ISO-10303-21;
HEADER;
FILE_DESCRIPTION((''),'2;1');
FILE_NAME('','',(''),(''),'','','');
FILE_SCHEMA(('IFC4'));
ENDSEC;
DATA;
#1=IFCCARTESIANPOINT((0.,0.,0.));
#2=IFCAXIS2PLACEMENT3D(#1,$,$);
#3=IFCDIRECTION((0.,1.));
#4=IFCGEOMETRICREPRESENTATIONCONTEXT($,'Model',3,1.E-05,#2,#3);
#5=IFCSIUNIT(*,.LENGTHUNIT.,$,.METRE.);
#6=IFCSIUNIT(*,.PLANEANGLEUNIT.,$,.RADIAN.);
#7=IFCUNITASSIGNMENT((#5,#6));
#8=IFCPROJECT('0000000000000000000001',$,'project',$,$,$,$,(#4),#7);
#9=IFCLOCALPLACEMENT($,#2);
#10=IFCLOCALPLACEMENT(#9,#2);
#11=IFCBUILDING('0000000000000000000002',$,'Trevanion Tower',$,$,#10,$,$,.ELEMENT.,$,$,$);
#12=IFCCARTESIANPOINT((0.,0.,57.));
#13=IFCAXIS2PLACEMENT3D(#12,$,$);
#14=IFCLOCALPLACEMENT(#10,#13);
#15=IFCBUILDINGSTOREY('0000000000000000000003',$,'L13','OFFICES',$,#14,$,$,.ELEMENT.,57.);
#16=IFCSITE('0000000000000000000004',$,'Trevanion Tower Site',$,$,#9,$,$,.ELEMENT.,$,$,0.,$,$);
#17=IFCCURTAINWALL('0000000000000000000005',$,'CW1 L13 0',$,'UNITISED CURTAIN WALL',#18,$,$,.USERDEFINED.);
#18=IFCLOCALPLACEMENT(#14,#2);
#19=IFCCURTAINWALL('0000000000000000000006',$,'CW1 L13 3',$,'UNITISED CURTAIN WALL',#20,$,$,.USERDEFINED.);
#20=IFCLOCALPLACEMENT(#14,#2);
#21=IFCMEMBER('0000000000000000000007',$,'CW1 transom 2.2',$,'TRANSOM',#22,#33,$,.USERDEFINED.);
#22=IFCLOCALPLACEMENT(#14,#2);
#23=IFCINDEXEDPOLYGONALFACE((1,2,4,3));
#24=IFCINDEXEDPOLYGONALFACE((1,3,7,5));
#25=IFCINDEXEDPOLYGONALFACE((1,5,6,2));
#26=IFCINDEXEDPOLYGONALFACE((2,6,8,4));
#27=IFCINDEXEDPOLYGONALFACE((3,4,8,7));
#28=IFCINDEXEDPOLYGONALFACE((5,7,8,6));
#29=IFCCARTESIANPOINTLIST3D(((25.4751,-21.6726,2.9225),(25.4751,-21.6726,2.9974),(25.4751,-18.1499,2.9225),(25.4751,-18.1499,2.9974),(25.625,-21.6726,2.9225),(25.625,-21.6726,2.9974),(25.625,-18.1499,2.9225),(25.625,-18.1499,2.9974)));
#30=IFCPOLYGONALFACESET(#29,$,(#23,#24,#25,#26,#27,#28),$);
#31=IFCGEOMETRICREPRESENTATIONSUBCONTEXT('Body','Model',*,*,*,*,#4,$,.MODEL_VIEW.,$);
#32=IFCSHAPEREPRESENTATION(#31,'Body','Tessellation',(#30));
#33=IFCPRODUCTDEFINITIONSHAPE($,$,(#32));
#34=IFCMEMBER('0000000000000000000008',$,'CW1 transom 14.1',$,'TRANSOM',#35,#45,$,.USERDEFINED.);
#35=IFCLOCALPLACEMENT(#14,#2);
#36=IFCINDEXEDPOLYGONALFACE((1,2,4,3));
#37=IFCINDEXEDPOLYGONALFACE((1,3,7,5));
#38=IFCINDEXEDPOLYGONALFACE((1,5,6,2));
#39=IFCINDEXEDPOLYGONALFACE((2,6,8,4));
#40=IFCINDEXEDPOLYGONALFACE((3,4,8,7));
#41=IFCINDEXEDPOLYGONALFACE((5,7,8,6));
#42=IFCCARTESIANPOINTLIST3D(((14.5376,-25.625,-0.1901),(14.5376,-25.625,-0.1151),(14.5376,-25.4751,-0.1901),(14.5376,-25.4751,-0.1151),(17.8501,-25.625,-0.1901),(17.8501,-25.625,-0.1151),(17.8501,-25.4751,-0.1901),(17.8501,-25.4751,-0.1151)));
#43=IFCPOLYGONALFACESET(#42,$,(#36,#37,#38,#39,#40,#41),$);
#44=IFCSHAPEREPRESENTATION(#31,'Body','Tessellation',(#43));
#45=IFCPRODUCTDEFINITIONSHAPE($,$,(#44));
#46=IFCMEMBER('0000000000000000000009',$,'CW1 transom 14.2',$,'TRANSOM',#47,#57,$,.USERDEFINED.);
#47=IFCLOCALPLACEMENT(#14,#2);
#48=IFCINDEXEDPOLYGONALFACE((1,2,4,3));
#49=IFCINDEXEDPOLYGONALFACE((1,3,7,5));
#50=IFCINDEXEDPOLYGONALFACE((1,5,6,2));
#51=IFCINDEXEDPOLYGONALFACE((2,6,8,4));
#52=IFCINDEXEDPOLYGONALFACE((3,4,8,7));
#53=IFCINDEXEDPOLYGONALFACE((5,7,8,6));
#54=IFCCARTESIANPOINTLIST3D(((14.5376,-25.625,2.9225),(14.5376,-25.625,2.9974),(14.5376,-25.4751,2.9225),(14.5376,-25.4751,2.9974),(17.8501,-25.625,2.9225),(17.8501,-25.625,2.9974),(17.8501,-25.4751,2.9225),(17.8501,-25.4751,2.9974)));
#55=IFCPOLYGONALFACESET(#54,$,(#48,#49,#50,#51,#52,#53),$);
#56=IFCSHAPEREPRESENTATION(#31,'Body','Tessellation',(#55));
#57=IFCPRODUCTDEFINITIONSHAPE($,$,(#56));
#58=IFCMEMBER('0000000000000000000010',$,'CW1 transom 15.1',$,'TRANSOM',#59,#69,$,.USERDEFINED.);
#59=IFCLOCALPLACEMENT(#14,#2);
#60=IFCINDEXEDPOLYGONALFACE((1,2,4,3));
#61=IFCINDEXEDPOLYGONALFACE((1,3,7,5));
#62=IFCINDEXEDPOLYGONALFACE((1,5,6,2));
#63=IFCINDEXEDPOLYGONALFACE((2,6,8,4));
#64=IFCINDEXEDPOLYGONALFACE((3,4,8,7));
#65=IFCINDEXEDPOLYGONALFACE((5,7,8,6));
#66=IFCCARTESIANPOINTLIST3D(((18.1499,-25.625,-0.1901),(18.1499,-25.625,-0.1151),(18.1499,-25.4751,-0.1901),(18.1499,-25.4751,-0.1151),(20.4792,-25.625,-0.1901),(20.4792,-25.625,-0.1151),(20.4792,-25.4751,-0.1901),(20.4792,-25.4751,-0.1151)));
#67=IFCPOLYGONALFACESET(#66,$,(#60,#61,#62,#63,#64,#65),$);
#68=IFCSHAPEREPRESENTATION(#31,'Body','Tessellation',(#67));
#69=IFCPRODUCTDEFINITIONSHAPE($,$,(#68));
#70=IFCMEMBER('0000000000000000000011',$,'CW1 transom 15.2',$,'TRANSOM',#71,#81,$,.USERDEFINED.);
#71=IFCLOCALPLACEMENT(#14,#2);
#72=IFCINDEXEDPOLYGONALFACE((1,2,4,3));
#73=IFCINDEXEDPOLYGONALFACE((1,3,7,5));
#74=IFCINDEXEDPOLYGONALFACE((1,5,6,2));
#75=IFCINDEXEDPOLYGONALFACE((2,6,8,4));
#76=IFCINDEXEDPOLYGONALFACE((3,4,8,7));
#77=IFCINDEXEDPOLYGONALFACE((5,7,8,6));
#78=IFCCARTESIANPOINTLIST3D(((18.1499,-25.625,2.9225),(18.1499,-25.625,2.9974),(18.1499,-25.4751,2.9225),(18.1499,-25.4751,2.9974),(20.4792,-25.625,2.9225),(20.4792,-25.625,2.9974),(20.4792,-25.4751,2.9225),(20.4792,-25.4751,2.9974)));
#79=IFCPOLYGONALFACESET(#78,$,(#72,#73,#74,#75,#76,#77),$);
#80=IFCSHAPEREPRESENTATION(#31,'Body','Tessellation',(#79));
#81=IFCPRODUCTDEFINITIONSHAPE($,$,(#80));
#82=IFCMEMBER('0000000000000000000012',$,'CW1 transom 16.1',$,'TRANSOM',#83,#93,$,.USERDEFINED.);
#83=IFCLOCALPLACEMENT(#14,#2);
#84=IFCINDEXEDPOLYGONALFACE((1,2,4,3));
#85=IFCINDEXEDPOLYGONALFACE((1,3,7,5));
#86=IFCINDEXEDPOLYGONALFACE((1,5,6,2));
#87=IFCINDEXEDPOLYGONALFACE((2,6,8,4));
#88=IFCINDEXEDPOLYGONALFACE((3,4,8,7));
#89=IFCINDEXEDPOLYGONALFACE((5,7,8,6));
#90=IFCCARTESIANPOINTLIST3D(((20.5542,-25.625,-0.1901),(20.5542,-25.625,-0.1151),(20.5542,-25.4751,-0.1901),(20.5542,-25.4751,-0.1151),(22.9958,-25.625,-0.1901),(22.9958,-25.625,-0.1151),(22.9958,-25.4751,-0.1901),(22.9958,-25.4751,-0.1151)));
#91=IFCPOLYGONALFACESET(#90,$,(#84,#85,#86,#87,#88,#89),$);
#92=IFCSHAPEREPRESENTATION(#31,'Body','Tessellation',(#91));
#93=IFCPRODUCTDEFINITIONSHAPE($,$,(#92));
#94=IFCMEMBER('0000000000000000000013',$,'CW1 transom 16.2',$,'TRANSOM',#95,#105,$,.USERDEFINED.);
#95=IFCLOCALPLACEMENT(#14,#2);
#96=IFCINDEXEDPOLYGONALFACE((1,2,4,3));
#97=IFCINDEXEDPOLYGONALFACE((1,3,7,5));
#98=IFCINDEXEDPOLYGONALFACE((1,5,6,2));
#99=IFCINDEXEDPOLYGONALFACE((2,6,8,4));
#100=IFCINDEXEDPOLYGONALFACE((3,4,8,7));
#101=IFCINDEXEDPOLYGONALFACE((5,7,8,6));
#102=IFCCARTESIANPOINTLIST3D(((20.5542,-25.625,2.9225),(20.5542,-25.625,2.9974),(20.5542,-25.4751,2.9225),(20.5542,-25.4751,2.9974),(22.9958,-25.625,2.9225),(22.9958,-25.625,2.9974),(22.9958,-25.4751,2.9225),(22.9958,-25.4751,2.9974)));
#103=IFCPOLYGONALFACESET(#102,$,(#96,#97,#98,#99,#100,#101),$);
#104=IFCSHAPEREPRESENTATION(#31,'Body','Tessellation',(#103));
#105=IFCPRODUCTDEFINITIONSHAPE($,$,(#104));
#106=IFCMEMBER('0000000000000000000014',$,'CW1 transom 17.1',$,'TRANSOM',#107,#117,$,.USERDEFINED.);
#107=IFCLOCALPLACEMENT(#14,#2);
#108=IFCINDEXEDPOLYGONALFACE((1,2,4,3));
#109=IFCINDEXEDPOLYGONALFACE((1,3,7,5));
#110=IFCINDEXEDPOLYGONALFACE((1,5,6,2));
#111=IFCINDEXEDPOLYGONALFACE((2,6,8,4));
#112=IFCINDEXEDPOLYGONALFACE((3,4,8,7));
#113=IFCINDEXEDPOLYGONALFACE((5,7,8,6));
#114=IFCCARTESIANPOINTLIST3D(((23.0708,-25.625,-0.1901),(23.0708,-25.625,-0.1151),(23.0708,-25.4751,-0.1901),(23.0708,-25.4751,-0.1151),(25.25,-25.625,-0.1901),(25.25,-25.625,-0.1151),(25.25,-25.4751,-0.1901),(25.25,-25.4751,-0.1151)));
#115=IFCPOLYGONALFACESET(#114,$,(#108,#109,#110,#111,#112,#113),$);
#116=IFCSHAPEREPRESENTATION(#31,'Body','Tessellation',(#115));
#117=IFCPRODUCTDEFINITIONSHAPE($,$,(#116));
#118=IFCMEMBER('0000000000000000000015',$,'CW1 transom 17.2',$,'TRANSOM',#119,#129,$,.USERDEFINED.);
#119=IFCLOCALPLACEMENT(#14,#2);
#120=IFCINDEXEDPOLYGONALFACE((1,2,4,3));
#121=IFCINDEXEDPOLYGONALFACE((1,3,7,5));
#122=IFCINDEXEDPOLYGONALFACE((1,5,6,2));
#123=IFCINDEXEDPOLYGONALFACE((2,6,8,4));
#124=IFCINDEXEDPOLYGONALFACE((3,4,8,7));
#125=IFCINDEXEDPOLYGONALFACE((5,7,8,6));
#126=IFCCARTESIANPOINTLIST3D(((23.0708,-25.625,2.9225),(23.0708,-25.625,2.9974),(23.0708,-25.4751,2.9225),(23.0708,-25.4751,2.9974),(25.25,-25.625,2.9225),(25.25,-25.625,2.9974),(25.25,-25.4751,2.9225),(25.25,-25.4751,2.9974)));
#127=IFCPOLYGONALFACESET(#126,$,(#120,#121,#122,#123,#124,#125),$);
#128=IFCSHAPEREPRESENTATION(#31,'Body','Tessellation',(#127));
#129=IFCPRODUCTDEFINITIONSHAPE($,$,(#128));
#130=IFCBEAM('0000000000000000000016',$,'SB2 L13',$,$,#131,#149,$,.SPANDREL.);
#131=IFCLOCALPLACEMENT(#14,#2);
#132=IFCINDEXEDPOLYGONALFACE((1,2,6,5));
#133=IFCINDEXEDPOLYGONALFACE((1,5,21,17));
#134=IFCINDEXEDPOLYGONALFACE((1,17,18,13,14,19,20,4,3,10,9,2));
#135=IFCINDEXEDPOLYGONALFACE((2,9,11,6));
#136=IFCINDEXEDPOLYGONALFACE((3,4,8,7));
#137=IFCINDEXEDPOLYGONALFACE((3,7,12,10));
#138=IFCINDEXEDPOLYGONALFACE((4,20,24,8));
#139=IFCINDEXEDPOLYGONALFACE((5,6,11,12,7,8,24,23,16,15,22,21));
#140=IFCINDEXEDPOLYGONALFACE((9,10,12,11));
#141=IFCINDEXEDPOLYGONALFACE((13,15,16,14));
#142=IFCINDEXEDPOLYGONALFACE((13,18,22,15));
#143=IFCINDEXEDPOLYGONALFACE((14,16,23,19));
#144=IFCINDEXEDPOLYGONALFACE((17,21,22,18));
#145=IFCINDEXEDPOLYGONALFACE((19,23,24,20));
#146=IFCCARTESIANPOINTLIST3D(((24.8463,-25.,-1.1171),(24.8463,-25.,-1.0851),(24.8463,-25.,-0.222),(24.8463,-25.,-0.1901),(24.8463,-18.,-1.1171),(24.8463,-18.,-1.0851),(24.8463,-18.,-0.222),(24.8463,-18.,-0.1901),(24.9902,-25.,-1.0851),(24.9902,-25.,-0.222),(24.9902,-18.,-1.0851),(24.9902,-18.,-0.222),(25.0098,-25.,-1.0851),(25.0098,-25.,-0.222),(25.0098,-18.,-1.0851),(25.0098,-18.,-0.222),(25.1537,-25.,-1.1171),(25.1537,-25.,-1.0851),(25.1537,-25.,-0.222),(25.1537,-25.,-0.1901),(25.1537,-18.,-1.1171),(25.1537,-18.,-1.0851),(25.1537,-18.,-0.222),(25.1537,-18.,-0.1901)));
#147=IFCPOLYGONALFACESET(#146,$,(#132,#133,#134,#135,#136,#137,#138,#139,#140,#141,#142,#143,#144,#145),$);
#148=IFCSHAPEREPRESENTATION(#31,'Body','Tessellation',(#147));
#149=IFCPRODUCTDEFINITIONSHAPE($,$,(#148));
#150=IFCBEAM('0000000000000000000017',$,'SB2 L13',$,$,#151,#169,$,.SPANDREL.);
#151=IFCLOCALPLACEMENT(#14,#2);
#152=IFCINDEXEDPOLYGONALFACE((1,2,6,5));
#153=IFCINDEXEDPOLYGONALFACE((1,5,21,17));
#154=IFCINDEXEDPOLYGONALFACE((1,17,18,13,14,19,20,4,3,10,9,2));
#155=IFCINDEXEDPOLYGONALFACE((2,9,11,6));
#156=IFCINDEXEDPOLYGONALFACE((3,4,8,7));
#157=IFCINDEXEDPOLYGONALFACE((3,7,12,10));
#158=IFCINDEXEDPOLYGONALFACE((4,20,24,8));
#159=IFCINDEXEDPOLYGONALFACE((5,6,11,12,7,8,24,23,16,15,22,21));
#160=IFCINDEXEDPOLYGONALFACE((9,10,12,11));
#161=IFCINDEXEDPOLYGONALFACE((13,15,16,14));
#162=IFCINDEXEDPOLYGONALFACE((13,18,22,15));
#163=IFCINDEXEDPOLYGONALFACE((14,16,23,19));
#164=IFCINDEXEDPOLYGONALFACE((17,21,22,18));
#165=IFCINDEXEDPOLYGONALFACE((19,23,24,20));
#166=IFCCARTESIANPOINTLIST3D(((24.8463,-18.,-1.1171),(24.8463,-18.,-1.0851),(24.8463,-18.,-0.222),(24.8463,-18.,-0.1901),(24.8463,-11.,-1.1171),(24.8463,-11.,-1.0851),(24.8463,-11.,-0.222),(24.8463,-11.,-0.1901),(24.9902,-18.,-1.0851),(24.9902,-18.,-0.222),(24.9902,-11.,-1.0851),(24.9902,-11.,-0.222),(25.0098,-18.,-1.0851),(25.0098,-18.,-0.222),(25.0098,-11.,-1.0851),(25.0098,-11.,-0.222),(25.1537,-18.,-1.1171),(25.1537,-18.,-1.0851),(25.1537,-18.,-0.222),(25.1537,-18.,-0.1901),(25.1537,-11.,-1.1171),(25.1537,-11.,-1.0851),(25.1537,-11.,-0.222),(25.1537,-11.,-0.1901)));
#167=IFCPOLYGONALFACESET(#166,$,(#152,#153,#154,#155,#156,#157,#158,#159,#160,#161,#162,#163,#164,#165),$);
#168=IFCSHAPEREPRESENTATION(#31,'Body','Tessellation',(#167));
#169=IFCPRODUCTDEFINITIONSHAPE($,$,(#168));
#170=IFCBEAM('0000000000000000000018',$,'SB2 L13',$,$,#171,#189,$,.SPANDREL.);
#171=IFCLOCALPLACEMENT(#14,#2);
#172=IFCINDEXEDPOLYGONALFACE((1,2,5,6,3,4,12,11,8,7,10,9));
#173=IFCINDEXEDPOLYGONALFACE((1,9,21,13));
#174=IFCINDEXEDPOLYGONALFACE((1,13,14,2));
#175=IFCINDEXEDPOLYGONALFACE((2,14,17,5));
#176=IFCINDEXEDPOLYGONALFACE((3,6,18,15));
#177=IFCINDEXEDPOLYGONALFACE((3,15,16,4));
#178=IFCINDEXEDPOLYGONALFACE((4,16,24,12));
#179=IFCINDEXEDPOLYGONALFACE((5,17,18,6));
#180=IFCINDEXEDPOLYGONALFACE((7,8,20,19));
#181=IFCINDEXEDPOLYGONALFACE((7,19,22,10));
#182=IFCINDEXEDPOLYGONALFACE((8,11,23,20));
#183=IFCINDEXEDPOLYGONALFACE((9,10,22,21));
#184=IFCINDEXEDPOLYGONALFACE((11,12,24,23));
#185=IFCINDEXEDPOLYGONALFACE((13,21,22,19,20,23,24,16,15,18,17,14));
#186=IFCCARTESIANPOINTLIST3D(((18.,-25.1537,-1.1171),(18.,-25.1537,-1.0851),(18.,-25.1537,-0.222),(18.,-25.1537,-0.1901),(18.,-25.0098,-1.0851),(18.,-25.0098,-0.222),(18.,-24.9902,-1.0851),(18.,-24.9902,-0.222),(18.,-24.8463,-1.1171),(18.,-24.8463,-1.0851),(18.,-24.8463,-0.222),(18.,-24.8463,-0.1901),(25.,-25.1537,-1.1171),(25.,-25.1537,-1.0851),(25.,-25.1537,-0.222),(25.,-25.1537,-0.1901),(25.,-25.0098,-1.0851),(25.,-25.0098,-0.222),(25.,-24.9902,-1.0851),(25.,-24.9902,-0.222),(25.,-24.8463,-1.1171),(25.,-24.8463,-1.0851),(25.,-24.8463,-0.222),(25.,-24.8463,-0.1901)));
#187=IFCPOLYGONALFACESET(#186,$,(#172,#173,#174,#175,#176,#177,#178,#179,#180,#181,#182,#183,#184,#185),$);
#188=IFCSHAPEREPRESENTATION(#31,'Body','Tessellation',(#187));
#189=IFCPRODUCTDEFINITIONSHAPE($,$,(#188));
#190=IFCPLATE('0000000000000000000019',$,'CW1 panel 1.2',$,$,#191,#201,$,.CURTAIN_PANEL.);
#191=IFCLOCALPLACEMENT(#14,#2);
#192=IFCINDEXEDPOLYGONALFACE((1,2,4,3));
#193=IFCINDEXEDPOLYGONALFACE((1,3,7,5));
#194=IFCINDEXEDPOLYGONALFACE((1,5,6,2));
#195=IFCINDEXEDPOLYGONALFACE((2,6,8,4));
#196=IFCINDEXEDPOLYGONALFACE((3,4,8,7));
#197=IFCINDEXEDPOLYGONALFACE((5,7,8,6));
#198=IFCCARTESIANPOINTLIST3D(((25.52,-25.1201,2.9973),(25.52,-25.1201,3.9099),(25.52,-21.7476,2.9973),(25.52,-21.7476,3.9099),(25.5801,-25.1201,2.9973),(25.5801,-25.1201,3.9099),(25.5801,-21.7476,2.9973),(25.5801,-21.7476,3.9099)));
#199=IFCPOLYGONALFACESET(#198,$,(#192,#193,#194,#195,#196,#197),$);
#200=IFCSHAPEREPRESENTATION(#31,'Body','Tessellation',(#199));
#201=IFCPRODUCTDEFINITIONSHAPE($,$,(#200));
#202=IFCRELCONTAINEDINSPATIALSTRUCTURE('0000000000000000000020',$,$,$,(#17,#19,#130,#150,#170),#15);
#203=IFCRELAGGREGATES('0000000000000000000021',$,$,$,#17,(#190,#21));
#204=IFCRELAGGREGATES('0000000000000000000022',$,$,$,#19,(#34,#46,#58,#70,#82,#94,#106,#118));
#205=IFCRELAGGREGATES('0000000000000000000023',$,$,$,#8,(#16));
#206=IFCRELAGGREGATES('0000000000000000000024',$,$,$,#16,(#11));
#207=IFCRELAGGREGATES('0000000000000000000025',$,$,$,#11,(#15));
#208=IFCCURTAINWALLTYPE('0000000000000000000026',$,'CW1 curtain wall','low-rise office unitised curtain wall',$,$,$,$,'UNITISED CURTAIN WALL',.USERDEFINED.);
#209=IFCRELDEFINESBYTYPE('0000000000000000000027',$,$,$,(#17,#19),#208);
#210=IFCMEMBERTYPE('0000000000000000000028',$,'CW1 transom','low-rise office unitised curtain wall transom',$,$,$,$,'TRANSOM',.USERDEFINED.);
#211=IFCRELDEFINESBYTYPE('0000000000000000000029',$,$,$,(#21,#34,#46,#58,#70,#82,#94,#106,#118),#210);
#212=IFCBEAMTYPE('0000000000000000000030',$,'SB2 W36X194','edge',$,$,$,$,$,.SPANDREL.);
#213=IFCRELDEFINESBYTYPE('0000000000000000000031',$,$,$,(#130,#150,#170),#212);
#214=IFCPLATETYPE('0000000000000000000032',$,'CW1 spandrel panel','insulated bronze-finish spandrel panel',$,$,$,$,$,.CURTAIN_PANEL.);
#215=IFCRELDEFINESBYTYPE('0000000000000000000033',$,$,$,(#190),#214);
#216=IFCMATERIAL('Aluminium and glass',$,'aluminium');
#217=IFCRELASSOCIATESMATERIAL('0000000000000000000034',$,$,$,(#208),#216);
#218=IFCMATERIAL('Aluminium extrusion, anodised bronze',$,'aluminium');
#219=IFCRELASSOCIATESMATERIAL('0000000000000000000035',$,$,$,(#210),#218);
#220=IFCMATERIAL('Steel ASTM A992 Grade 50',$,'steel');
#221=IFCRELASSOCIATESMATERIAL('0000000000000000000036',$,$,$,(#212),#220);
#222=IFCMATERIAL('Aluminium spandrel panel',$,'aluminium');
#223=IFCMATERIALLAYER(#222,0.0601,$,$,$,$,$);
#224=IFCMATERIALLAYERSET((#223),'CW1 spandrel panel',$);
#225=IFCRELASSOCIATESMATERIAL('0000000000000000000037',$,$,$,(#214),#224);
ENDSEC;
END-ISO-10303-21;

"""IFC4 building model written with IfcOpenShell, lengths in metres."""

from ifc_helpers import new_model, si_unit, direction, frame, origin, origin_2d, place, context, subcontext, project, spatial, rectangle, i_section, extrude, material, layer, layer_set, material_profile, profile_set, type_object, element, aggregate, save


model = new_model("IFC4")

# Units and contexts
model_context = context("Model", 3, precision=1e-05, world=origin(), true_north=direction((0.0, 1.0)))
body_context = subcontext(model_context, "Body", "Model", "MODEL_VIEW")
ifc_project = project(units=[si_unit("LENGTHUNIT", "METRE"), si_unit("PLANEANGLEUNIT", "RADIAN")], contexts=[model_context])

# Site, building, storey
site_placement = place(None, origin())
site = spatial("IfcSite", under=ifc_project, at=site_placement, Name="Trevanion Tower Site", CompositionType="ELEMENT", RefElevation=0.0)
building_placement = place(site_placement, origin())
building = spatial("IfcBuilding", under=site, at=building_placement, Name="Trevanion Tower", CompositionType="ELEMENT")
storey_placement = place(building_placement, frame((0.0, 0.0, 57.0)))
storey = spatial("IfcBuildingStorey", under=building, at=storey_placement, Name="L13", Description="OFFICES", CompositionType="ELEMENT", Elevation=57.0)

# Curtain wall
ifc_material_1 = material(Name="Aluminium and glass", Category="aluminium")
curtain_wall_type = type_object("IfcCurtainWallType", Name="CW1 curtain wall", Description="low-rise office unitised curtain wall", ElementType="UNITISED CURTAIN WALL", PredefinedType="USERDEFINED", material=ifc_material_1)
curtain_wall_1_placement = place(storey_placement, origin())
curtain_wall_1 = element("IfcCurtainWall", 1, at=curtain_wall_1_placement, inside=storey, type_object=curtain_wall_type, Name="CW1 L13 0", ObjectType="UNITISED CURTAIN WALL", PredefinedType="USERDEFINED")

# Curtain wall
curtain_wall_2_placement = place(storey_placement, origin())
curtain_wall_2 = element("IfcCurtainWall", 2, at=curtain_wall_2_placement, inside=storey, type_object=curtain_wall_type, Name="CW1 L13 3", ObjectType="UNITISED CURTAIN WALL", PredefinedType="USERDEFINED")

# Members
ifc_material_2 = material(Name="Aluminium extrusion, anodised bronze", Category="aluminium")
ifc_material_profile_1 = material_profile(ifc_material_2, rectangle(XDim=0.1499, YDim=0.075, at=origin_2d()), Name="CW1 transom")
ifc_profile_set_1 = profile_set([ifc_material_profile_1], Name="Aluminium extrusion, anodised bronze")
member_type_1 = type_object("IfcMemberType", Name="CW1 transom", Description="low-rise office unitised curtain wall transom", ElementType="TRANSOM", PredefinedType="USERDEFINED", material=ifc_profile_set_1)
member_1_placement = place(storey_placement, frame((25.55, -21.6726, 2.96), z_axis=(0.0, 1.0, 0.0), x_axis=(-1.0, 0.0, 0.0)))
member_1 = element("IfcMember", 3, at=member_1_placement, type_object=member_type_1, Name="CW1 transom 2.2", ObjectType="TRANSOM", PredefinedType="USERDEFINED", context=body_context, shape_type="SweptSolid", body=[
    extrude(rectangle(XDim=0.1499, YDim=0.075, at=origin_2d()), origin(), (0.0, 0.0, 1.0), 3.5227),
])
member_2_placement = place(storey_placement, frame((14.5376, -25.55, -0.1526), z_axis=(1.0, 0.0, 0.0), x_axis=(0.0, 1.0, 0.0)))
member_2 = element("IfcMember", 4, at=member_2_placement, type_object=member_type_1, Name="CW1 transom 14.1", ObjectType="TRANSOM", PredefinedType="USERDEFINED", context=body_context, shape_type="SweptSolid", body=[
    extrude(rectangle(XDim=0.1499, YDim=0.075, at=origin_2d()), origin(), (0.0, 0.0, 1.0), 3.3125),
])
member_3_placement = place(storey_placement, frame((14.5376, -25.55, 2.96), z_axis=(1.0, 0.0, 0.0), x_axis=(0.0, 1.0, 0.0)))
member_3 = element("IfcMember", 5, at=member_3_placement, type_object=member_type_1, Name="CW1 transom 14.2", ObjectType="TRANSOM", PredefinedType="USERDEFINED", context=body_context, shape_type="SweptSolid", body=[
    extrude(rectangle(XDim=0.1499, YDim=0.075, at=origin_2d()), origin(), (0.0, 0.0, 1.0), 3.3125),
])
member_4_placement = place(storey_placement, frame((18.1499, -25.55, -0.1526), z_axis=(1.0, 0.0, 0.0), x_axis=(0.0, 1.0, 0.0)))
member_4 = element("IfcMember", 6, at=member_4_placement, type_object=member_type_1, Name="CW1 transom 15.1", ObjectType="TRANSOM", PredefinedType="USERDEFINED", context=body_context, shape_type="SweptSolid", body=[
    extrude(rectangle(XDim=0.1499, YDim=0.075, at=origin_2d()), origin(), (0.0, 0.0, 1.0), 2.3293),
])
member_5_placement = place(storey_placement, frame((18.1499, -25.55, 2.96), z_axis=(1.0, 0.0, 0.0), x_axis=(0.0, 1.0, 0.0)))
member_5 = element("IfcMember", 7, at=member_5_placement, type_object=member_type_1, Name="CW1 transom 15.2", ObjectType="TRANSOM", PredefinedType="USERDEFINED", context=body_context, shape_type="SweptSolid", body=[
    extrude(rectangle(XDim=0.1499, YDim=0.075, at=origin_2d()), origin(), (0.0, 0.0, 1.0), 2.3293),
])
member_6_placement = place(storey_placement, frame((20.5542, -25.55, -0.1526), z_axis=(1.0, 0.0, 0.0), x_axis=(0.0, 1.0, 0.0)))
member_6 = element("IfcMember", 8, at=member_6_placement, type_object=member_type_1, Name="CW1 transom 16.1", ObjectType="TRANSOM", PredefinedType="USERDEFINED", context=body_context, shape_type="SweptSolid", body=[
    extrude(rectangle(XDim=0.1499, YDim=0.075, at=origin_2d()), origin(), (0.0, 0.0, 1.0), 2.4417),
])
member_7_placement = place(storey_placement, frame((20.5542, -25.55, 2.96), z_axis=(1.0, 0.0, 0.0), x_axis=(0.0, 1.0, 0.0)))
member_7 = element("IfcMember", 9, at=member_7_placement, type_object=member_type_1, Name="CW1 transom 16.2", ObjectType="TRANSOM", PredefinedType="USERDEFINED", context=body_context, shape_type="SweptSolid", body=[
    extrude(rectangle(XDim=0.1499, YDim=0.075, at=origin_2d()), origin(), (0.0, 0.0, 1.0), 2.4417),
])
member_8_placement = place(storey_placement, frame((23.0708, -25.55, -0.1526), z_axis=(1.0, 0.0, 0.0), x_axis=(0.0, 1.0, 0.0)))
member_8 = element("IfcMember", 10, at=member_8_placement, type_object=member_type_1, Name="CW1 transom 17.1", ObjectType="TRANSOM", PredefinedType="USERDEFINED", context=body_context, shape_type="SweptSolid", body=[
    extrude(rectangle(XDim=0.1499, YDim=0.075, at=origin_2d()), origin(), (0.0, 0.0, 1.0), 2.1792),
])
member_9_placement = place(storey_placement, frame((23.0708, -25.55, 2.96), z_axis=(1.0, 0.0, 0.0), x_axis=(0.0, 1.0, 0.0)))
member_9 = element("IfcMember", 11, at=member_9_placement, type_object=member_type_1, Name="CW1 transom 17.2", ObjectType="TRANSOM", PredefinedType="USERDEFINED", context=body_context, shape_type="SweptSolid", body=[
    extrude(rectangle(XDim=0.1499, YDim=0.075, at=origin_2d()), origin(), (0.0, 0.0, 1.0), 2.1792),
])

# Beams
ifc_material_3 = material(Name="Steel ASTM A992 Grade 50", Category="steel")
ifc_material_profile_2 = material_profile(ifc_material_3, i_section(OverallWidth=0.3074, OverallDepth=0.927, WebThickness=0.0195, FlangeThickness=0.032, at=origin_2d()), Name="W36X194")
ifc_profile_set_2 = profile_set([ifc_material_profile_2], Name="Steel ASTM A992 Grade 50")
beam_type = type_object("IfcBeamType", Name="SB2 W36X194", Description="edge", PredefinedType="SPANDREL", material=ifc_profile_set_2)
for number, where, z_axis, x_axis, name in (
    (12, (25.0, -25.0, -0.6536), (0.0, 1.0, 0.0), (-1.0, 0.0, 0.0), "SB2 L13"),
    (13, (25.0, -18.0, -0.6536), (0.0, 1.0, 0.0), (-1.0, 0.0, 0.0), "SB2 L13"),
    (14, (18.0, -25.0, -0.6536), (1.0, 0.0, 0.0), (0.0, 1.0, 0.0), "SB2 L13"),
):
    element("IfcBeam", number, at=place(storey_placement, frame(where, z_axis=z_axis, x_axis=x_axis)), inside=storey, type_object=beam_type, Name=name, PredefinedType="SPANDREL", context=body_context, shape_type="SweptSolid", body=[
        extrude(i_section(OverallWidth=0.3074, OverallDepth=0.927, WebThickness=0.0195, FlangeThickness=0.032, at=origin_2d()), origin(), (0.0, 0.0, 1.0), 7.0),
    ])

# Plate
ifc_material_4 = material(Name="Aluminium spandrel panel", Category="aluminium")
ifc_layer_1 = layer(ifc_material_4, 0.0601)
ifc_layer_set_1 = layer_set([ifc_layer_1], Name="CW1 spandrel panel")
plate_type_1 = type_object("IfcPlateType", Name="CW1 spandrel panel", Description="insulated bronze-finish spandrel panel", PredefinedType="CURTAIN_PANEL", material=ifc_layer_set_1)
plate_1_placement = place(storey_placement, frame((25.55, -23.4338, 2.9973), z_axis=(0.0, 0.0, 1.0), x_axis=(0.0, 1.0, 0.0)))
plate_1 = element("IfcPlate", 15, at=plate_1_placement, type_object=plate_type_1, Name="CW1 panel 1.2", PredefinedType="CURTAIN_PANEL", context=body_context, shape_type="SweptSolid", body=[
    extrude(rectangle(XDim=3.3726, YDim=0.0601, at=origin_2d()), origin(), (0.0, 0.0, 1.0), 0.9126),
])
aggregate(curtain_wall_1, [plate_1, member_1])
aggregate(curtain_wall_2, [member_2, member_3, member_4, member_5, member_6, member_7, member_8, member_9])

save(model, "model.ifc")
